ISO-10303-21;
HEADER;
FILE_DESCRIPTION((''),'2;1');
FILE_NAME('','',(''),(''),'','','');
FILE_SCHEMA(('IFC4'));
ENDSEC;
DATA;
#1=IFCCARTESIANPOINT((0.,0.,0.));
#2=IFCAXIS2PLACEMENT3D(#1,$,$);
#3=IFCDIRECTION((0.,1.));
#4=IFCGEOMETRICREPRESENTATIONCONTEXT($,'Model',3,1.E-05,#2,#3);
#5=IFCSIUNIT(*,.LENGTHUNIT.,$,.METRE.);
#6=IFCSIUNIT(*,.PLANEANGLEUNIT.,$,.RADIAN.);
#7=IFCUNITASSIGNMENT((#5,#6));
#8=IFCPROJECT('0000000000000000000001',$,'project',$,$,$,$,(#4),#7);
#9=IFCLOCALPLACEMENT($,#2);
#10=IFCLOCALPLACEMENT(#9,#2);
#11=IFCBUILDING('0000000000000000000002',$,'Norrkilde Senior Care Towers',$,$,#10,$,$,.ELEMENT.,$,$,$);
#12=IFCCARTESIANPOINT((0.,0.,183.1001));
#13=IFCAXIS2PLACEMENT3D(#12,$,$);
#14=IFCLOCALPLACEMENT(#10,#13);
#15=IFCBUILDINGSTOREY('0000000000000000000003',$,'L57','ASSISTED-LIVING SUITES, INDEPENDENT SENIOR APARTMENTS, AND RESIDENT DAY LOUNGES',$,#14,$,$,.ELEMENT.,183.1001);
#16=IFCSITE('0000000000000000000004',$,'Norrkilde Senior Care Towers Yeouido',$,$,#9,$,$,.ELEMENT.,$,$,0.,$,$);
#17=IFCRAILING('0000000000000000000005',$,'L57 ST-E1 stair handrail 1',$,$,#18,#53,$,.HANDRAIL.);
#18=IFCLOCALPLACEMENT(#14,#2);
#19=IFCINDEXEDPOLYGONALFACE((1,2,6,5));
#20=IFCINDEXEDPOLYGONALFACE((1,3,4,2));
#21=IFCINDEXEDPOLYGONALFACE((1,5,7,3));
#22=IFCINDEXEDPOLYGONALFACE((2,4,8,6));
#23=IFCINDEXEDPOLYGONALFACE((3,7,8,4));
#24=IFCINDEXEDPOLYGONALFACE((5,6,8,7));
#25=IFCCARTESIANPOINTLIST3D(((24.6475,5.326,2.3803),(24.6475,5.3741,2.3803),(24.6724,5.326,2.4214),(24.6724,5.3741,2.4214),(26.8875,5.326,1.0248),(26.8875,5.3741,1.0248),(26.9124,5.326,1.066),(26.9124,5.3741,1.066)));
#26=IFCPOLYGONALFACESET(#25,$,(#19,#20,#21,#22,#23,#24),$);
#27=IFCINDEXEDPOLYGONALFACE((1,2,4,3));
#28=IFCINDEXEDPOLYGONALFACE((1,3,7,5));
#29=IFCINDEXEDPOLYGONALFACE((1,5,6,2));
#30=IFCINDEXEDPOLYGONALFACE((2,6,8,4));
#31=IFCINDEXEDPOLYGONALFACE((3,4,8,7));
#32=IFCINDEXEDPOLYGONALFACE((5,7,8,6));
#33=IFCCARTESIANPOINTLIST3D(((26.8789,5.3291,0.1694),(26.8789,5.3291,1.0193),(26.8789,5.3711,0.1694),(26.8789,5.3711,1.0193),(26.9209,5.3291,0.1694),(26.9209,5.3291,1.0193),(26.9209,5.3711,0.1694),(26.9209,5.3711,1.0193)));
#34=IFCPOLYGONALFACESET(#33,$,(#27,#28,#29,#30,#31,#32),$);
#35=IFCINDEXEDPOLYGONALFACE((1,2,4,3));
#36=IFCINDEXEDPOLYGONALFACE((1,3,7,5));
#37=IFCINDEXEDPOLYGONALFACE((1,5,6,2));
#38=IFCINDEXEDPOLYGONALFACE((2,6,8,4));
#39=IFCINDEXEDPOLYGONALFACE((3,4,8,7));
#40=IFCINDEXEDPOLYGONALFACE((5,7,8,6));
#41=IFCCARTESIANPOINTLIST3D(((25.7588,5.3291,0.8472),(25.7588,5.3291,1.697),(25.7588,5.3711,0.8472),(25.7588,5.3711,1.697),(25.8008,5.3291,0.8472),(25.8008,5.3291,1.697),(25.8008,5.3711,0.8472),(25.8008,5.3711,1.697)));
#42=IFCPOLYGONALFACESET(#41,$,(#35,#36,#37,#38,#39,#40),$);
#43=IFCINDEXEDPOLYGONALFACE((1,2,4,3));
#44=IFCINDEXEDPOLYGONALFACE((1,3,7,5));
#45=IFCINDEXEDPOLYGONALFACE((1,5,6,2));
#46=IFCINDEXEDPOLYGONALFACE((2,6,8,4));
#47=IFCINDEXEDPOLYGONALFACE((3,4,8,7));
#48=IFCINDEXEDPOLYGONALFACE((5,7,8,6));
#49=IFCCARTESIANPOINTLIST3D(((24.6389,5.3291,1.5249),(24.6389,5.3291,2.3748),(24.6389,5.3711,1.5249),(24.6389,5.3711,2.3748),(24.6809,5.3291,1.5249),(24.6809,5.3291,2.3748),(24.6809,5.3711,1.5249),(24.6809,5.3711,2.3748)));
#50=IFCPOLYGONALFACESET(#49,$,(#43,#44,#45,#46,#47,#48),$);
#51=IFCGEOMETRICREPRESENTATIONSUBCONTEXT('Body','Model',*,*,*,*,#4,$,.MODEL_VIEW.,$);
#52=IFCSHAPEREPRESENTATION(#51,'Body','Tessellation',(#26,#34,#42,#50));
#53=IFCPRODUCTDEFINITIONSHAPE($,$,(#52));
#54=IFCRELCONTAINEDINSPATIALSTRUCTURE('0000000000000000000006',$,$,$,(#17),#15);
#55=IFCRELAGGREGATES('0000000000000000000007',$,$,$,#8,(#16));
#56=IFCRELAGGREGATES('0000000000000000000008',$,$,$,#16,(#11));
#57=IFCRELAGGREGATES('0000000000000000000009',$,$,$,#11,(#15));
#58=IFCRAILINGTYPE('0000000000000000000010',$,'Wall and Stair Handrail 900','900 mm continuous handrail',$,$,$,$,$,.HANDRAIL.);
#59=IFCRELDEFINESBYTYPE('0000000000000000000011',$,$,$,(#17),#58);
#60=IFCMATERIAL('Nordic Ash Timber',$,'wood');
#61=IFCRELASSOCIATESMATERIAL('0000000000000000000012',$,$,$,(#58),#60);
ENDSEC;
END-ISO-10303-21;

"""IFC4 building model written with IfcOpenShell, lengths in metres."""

from ifc_helpers import new_model, si_unit, direction, frame, origin, origin_2d, place, context, subcontext, project, spatial, rectangle, extrude, material, type_object, element, save


model = new_model("IFC4")

# Units and contexts
model_context = context("Model", 3, precision=1e-05, world=origin(), true_north=direction((0.0, 1.0)))
body_context = subcontext(model_context, "Body", "Model", "MODEL_VIEW")
ifc_project = project(units=[si_unit("LENGTHUNIT", "METRE"), si_unit("PLANEANGLEUNIT", "RADIAN")], contexts=[model_context])

# Site, building, storey
site_placement = place(None, origin())
site = spatial("IfcSite", under=ifc_project, at=site_placement, Name="Norrkilde Senior Care Towers Yeouido", CompositionType="ELEMENT", RefElevation=0.0)
building_placement = place(site_placement, origin())
building = spatial("IfcBuilding", under=site, at=building_placement, Name="Norrkilde Senior Care Towers", CompositionType="ELEMENT")
storey_placement = place(building_placement, frame((0.0, 0.0, 183.1001)))
storey = spatial("IfcBuildingStorey", under=building, at=storey_placement, Name="L57", Description="ASSISTED-LIVING SUITES, INDEPENDENT SENIOR APARTMENTS, AND RESIDENT DAY LOUNGES", CompositionType="ELEMENT", Elevation=183.1001)

# Railing
ifc_material_1 = material(Name="Nordic Ash Timber", Category="wood")
railing_type_1 = type_object("IfcRailingType", Name="Wall and Stair Handrail 900", Description="900 mm continuous handrail", PredefinedType="HANDRAIL", material=ifc_material_1)
railing_1_placement = place(storey_placement, frame((26.8999, 5.3501, 0.1694)))
element("IfcRailing", 1, at=railing_1_placement, inside=storey, type_object=railing_type_1, Name="L57 ST-E1 stair handrail 1", PredefinedType="HANDRAIL", context=body_context, shape_type="SweptSolid", body=[
    extrude(rectangle(XDim=0.0481, YDim=0.0481, at=origin_2d()), frame((0.0, 0.0, 0.876), z_axis=(-0.855553, 0.0, 0.517715), x_axis=(0.0, -1.0, 0.0)), (0.0, 0.0, 1.0), 2.6182),
    extrude(rectangle(XDim=0.042, YDim=0.042, at=origin_2d()), origin(), (0.0, 0.0, 1.0), 0.8499),
    extrude(rectangle(XDim=0.042, YDim=0.042, at=origin_2d()), frame((-1.1201, 0.0, 0.6777)), (0.0, 0.0, 1.0), 0.8499),
    extrude(rectangle(XDim=0.042, YDim=0.042, at=origin_2d()), frame((-2.24, 0.0, 1.3555)), (0.0, 0.0, 1.0), 0.8499),
])

save(model, "model.ifc")
